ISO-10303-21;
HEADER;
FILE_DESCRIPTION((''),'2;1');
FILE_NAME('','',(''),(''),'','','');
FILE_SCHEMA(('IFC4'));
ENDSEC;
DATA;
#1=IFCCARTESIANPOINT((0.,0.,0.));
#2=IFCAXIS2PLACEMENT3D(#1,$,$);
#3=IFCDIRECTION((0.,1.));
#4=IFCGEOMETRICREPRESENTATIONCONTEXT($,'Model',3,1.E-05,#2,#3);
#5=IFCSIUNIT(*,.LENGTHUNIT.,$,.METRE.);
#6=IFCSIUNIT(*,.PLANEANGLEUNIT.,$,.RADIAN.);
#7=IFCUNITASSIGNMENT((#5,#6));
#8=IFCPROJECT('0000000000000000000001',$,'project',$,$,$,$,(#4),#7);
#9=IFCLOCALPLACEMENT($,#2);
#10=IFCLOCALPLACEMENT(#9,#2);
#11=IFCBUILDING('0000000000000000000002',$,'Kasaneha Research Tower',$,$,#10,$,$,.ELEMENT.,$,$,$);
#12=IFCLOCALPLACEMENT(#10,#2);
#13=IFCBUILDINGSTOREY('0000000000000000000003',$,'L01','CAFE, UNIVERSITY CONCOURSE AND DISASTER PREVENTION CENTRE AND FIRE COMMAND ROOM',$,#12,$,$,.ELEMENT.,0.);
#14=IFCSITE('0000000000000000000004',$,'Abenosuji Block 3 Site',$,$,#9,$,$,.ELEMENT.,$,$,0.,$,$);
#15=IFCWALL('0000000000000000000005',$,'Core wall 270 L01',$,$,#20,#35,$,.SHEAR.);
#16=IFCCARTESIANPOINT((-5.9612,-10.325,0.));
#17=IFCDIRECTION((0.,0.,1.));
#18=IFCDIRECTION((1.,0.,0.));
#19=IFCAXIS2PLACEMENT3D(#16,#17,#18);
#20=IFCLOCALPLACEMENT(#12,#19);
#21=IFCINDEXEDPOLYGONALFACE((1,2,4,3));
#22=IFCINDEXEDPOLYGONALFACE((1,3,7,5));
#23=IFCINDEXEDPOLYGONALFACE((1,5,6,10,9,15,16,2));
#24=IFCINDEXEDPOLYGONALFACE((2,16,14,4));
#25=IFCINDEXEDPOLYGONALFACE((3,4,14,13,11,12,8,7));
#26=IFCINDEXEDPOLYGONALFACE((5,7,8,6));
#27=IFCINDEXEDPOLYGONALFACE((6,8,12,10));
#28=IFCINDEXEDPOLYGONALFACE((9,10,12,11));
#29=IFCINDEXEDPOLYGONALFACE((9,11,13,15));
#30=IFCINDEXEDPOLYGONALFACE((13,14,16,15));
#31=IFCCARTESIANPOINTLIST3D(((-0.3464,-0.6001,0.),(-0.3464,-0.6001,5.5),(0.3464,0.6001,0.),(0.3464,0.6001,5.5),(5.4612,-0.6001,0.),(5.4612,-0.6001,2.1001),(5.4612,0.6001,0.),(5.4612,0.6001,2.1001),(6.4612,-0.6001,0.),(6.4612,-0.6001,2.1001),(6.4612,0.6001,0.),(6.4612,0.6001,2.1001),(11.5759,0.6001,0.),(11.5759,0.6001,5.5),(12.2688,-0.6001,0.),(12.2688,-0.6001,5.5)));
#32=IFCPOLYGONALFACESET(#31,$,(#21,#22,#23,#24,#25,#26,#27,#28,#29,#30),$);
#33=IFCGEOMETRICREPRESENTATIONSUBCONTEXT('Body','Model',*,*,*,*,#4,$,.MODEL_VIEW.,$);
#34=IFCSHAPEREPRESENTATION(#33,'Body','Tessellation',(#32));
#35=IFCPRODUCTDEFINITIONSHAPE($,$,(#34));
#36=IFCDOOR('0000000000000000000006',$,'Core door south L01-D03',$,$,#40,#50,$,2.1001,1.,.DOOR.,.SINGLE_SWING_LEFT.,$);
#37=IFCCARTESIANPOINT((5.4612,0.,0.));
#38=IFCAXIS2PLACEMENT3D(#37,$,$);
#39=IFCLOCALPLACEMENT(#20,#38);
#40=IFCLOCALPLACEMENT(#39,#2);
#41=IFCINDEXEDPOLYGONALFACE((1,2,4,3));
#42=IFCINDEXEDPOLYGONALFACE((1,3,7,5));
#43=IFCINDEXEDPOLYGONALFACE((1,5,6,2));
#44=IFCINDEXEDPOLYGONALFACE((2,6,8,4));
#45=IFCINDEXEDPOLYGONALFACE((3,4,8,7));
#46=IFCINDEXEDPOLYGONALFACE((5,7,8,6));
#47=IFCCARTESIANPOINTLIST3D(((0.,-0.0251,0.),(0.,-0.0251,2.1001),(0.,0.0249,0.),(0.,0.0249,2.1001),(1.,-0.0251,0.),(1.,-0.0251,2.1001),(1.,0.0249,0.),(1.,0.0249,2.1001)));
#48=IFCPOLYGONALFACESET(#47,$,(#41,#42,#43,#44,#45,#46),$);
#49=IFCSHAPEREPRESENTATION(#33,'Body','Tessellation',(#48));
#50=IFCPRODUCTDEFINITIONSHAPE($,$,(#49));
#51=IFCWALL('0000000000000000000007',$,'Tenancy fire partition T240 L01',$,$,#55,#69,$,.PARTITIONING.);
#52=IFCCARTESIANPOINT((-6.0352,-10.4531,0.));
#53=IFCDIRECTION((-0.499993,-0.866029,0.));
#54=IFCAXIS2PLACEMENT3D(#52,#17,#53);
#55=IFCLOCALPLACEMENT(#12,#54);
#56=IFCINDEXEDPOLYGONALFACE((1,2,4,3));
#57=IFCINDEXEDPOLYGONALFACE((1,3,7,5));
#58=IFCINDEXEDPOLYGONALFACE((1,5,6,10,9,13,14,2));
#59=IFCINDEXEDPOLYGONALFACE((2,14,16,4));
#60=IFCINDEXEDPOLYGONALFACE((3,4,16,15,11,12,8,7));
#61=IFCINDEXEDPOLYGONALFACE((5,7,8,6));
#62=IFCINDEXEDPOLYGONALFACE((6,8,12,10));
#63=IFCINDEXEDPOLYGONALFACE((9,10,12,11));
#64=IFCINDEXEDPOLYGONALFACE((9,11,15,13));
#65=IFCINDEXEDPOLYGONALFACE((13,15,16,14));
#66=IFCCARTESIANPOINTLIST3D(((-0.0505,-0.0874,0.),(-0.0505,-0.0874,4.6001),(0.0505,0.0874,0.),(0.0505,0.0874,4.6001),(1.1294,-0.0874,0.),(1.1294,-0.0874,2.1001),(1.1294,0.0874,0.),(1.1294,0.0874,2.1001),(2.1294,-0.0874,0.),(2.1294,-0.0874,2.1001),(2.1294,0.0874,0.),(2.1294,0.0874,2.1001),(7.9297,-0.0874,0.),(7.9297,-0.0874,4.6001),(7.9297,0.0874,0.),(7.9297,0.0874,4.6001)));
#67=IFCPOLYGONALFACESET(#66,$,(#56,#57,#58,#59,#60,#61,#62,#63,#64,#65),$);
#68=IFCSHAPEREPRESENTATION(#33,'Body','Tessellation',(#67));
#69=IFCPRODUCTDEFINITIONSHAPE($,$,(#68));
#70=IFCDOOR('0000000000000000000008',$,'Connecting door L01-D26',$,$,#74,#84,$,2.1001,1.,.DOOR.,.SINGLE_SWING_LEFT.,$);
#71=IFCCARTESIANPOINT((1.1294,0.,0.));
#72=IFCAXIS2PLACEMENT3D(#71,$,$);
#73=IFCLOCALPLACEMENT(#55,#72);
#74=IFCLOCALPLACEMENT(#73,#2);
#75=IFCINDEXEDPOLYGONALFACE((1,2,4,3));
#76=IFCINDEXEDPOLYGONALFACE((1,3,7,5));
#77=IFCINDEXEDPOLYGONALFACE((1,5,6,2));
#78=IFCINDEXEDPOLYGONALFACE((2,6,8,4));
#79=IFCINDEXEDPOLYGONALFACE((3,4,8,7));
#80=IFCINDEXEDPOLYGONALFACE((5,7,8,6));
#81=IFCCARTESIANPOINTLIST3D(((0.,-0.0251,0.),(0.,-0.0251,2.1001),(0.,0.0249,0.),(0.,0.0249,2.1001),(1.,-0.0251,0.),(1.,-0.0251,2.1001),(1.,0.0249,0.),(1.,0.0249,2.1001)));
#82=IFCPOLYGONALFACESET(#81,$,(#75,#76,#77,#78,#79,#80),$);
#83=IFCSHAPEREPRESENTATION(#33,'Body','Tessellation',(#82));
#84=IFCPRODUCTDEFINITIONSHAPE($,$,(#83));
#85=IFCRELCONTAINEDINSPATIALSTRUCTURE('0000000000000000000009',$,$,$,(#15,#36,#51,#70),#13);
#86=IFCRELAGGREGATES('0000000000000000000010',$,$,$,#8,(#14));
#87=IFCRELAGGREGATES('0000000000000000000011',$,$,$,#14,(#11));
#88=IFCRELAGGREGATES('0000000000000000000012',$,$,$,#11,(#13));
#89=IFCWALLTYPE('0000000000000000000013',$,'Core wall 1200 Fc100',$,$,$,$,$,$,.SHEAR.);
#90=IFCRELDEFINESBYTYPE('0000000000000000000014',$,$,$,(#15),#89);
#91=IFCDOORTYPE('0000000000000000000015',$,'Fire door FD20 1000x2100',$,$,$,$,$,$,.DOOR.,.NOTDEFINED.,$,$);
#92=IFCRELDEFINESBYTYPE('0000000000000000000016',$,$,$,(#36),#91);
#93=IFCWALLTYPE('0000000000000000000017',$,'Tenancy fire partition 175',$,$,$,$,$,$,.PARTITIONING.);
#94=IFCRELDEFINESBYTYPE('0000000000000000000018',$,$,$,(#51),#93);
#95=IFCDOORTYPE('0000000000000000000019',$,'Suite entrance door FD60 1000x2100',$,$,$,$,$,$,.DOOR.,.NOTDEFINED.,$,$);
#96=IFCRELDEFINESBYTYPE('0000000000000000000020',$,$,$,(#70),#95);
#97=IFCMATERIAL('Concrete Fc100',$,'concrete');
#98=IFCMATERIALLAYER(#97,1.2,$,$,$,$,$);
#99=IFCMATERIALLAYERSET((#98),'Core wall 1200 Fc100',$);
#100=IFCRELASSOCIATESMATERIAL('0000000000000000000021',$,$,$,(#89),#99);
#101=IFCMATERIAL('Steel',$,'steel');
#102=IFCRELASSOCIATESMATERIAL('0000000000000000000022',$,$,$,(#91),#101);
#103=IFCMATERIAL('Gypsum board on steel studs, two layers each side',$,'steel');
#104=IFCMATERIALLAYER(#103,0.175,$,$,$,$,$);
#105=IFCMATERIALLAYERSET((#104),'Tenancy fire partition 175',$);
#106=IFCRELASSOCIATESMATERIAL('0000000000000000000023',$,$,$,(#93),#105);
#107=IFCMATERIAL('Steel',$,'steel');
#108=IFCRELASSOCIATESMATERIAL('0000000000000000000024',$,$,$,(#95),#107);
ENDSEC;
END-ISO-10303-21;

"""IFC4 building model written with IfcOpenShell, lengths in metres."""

from ifc_helpers import new_model, si_unit, direction, frame, frame_2d, origin, place, context, subcontext, project, spatial, polyline, rectangle, outline, extrude, material, layer, layer_set, type_object, element, fill, save


model = new_model("IFC4")

# Units and contexts
model_context = context("Model", 3, precision=1e-05, world=origin(), true_north=direction((0.0, 1.0)))
body_context = subcontext(model_context, "Body", "Model", "MODEL_VIEW")
ifc_project = project(units=[si_unit("LENGTHUNIT", "METRE"), si_unit("PLANEANGLEUNIT", "RADIAN")], contexts=[model_context])

# Site, building, storey
site_placement = place(None, origin())
site = spatial("IfcSite", under=ifc_project, at=site_placement, Name="Abenosuji Block 3 Site", CompositionType="ELEMENT", RefElevation=0.0)
building_placement = place(site_placement, origin())
building = spatial("IfcBuilding", under=site, at=building_placement, Name="Kasaneha Research Tower", CompositionType="ELEMENT")
storey_placement = place(building_placement, origin())
storey = spatial("IfcBuildingStorey", under=building, at=storey_placement, Name="L01", Description="CAFE, UNIVERSITY CONCOURSE AND DISASTER PREVENTION CENTRE AND FIRE COMMAND ROOM", CompositionType="ELEMENT", Elevation=0.0)

# Wall, opening, door
ifc_material_1 = material(Name="Concrete Fc100", Category="concrete")
ifc_layer_1 = layer(ifc_material_1, 1.2)
ifc_layer_set_1 = layer_set([ifc_layer_1], Name="Core wall 1200 Fc100")
wall_type_1 = type_object("IfcWallType", Name="Core wall 1200 Fc100", PredefinedType="SHEAR", material=ifc_layer_set_1)
wall_1_placement = place(storey_placement, frame((-5.9612, -10.325, 0.0), z_axis=(0.0, 0.0, 1.0), x_axis=(1.0, 0.0, 0.0)))
wall_1 = element("IfcWall", 1, at=wall_1_placement, inside=storey, type_object=wall_type_1, Name="Core wall 270 L01", PredefinedType="SHEAR", context=body_context, shape_type="SweptSolid", body=[
    extrude(outline(polyline([(-0.3464, -0.6001), (5.4612, -0.6001), (6.4612, -0.6001), (12.2688, -0.6001), (11.5759, 0.6001), (6.4612, 0.6001), (5.4612, 0.6001), (0.3464, 0.6001), (-0.3464, -0.6001)])), origin(), (0.0, 0.0, 1.0), 5.5),
])
opening_1_placement = place(wall_1_placement, frame((5.4612, 0.0, 0.0)))
opening_1 = element("IfcOpeningElement", 2, at=opening_1_placement, cuts=wall_1, PredefinedType="OPENING", context=body_context, shape_type="SweptSolid", body=[
    extrude(rectangle(XDim=1.0, YDim=2.1001, at=frame_2d((0.5, 1.05))), frame((0.0, 0.6099, 0.0), z_axis=(0.0, -1.0, 0.0), x_axis=(1.0, 0.0, 0.0)), (0.0, 0.0, 1.0), 1.22),
])
ifc_material_2 = material(Name="Steel", Category="steel")
door_type_1 = type_object("IfcDoorType", Name="Fire door FD20 1000x2100", OperationType="NOTDEFINED", PredefinedType="DOOR", material=ifc_material_2)
door_1_placement = place(opening_1_placement, origin())
door_1 = element("IfcDoor", 3, at=door_1_placement, inside=storey, type_object=door_type_1, Name="Core door south L01-D03", OperationType="SINGLE_SWING_LEFT", OverallHeight=2.1001, OverallWidth=1.0, PredefinedType="DOOR", context=body_context, shape_type="SweptSolid", body=[
    extrude(rectangle(XDim=1.0, YDim=2.1001, at=frame_2d((0.5, 1.05))), frame((0.0, 0.0249, 0.0), z_axis=(0.0, -1.0, 0.0), x_axis=(1.0, 0.0, 0.0)), (0.0, 0.0, 1.0), 0.05),
])
fill(opening_1, door_1)

# Wall, opening, door
ifc_material_3 = material(Name="Gypsum board on steel studs, two layers each side", Category="steel")
ifc_layer_2 = layer(ifc_material_3, 0.175)
ifc_layer_set_2 = layer_set([ifc_layer_2], Name="Tenancy fire partition 175")
wall_type_2 = type_object("IfcWallType", Name="Tenancy fire partition 175", PredefinedType="PARTITIONING", material=ifc_layer_set_2)
wall_2_placement = place(storey_placement, frame((-6.0352, -10.4531, 0.0), z_axis=(0.0, 0.0, 1.0), x_axis=(-0.499993, -0.866029, 0.0)))
wall_2 = element("IfcWall", 4, at=wall_2_placement, inside=storey, type_object=wall_type_2, Name="Tenancy fire partition T240 L01", PredefinedType="PARTITIONING", context=body_context, shape_type="SweptSolid", body=[
    extrude(outline(polyline([(-0.0505, -0.0874), (1.1294, -0.0874), (2.1294, -0.0874), (7.9297, -0.0874), (7.9297, 0.0874), (2.1294, 0.0874), (1.1294, 0.0874), (0.0505, 0.0874), (-0.0505, -0.0874)])), origin(), (0.0, 0.0, 1.0), 4.6001),
])
opening_2_placement = place(wall_2_placement, frame((1.1294, 0.0, 0.0)))
opening_2 = element("IfcOpeningElement", 5, at=opening_2_placement, cuts=wall_2, PredefinedType="OPENING", context=body_context, shape_type="SweptSolid", body=[
    extrude(rectangle(XDim=1.0, YDim=2.1001, at=frame_2d((0.5, 1.05))), frame((0.0, 0.0977, 0.0), z_axis=(0.0, -1.0, 0.0), x_axis=(1.0, 0.0, 0.0)), (0.0, 0.0, 1.0), 0.1951),
])
ifc_material_4 = material(Name="Steel", Category="steel")
door_type_2 = type_object("IfcDoorType", Name="Suite entrance door FD60 1000x2100", OperationType="NOTDEFINED", PredefinedType="DOOR", material=ifc_material_4)
door_2_placement = place(opening_2_placement, origin())
door_2 = element("IfcDoor", 6, at=door_2_placement, inside=storey, type_object=door_type_2, Name="Connecting door L01-D26", OperationType="SINGLE_SWING_LEFT", OverallHeight=2.1001, OverallWidth=1.0, PredefinedType="DOOR", context=body_context, shape_type="SweptSolid", body=[
    extrude(rectangle(XDim=1.0, YDim=2.1001, at=frame_2d((0.5, 1.05))), frame((0.0, 0.0249, 0.0), z_axis=(0.0, -1.0, 0.0), x_axis=(1.0, 0.0, 0.0)), (0.0, 0.0, 1.0), 0.05),
])
fill(opening_2, door_2)

save(model, "model.ifc")
